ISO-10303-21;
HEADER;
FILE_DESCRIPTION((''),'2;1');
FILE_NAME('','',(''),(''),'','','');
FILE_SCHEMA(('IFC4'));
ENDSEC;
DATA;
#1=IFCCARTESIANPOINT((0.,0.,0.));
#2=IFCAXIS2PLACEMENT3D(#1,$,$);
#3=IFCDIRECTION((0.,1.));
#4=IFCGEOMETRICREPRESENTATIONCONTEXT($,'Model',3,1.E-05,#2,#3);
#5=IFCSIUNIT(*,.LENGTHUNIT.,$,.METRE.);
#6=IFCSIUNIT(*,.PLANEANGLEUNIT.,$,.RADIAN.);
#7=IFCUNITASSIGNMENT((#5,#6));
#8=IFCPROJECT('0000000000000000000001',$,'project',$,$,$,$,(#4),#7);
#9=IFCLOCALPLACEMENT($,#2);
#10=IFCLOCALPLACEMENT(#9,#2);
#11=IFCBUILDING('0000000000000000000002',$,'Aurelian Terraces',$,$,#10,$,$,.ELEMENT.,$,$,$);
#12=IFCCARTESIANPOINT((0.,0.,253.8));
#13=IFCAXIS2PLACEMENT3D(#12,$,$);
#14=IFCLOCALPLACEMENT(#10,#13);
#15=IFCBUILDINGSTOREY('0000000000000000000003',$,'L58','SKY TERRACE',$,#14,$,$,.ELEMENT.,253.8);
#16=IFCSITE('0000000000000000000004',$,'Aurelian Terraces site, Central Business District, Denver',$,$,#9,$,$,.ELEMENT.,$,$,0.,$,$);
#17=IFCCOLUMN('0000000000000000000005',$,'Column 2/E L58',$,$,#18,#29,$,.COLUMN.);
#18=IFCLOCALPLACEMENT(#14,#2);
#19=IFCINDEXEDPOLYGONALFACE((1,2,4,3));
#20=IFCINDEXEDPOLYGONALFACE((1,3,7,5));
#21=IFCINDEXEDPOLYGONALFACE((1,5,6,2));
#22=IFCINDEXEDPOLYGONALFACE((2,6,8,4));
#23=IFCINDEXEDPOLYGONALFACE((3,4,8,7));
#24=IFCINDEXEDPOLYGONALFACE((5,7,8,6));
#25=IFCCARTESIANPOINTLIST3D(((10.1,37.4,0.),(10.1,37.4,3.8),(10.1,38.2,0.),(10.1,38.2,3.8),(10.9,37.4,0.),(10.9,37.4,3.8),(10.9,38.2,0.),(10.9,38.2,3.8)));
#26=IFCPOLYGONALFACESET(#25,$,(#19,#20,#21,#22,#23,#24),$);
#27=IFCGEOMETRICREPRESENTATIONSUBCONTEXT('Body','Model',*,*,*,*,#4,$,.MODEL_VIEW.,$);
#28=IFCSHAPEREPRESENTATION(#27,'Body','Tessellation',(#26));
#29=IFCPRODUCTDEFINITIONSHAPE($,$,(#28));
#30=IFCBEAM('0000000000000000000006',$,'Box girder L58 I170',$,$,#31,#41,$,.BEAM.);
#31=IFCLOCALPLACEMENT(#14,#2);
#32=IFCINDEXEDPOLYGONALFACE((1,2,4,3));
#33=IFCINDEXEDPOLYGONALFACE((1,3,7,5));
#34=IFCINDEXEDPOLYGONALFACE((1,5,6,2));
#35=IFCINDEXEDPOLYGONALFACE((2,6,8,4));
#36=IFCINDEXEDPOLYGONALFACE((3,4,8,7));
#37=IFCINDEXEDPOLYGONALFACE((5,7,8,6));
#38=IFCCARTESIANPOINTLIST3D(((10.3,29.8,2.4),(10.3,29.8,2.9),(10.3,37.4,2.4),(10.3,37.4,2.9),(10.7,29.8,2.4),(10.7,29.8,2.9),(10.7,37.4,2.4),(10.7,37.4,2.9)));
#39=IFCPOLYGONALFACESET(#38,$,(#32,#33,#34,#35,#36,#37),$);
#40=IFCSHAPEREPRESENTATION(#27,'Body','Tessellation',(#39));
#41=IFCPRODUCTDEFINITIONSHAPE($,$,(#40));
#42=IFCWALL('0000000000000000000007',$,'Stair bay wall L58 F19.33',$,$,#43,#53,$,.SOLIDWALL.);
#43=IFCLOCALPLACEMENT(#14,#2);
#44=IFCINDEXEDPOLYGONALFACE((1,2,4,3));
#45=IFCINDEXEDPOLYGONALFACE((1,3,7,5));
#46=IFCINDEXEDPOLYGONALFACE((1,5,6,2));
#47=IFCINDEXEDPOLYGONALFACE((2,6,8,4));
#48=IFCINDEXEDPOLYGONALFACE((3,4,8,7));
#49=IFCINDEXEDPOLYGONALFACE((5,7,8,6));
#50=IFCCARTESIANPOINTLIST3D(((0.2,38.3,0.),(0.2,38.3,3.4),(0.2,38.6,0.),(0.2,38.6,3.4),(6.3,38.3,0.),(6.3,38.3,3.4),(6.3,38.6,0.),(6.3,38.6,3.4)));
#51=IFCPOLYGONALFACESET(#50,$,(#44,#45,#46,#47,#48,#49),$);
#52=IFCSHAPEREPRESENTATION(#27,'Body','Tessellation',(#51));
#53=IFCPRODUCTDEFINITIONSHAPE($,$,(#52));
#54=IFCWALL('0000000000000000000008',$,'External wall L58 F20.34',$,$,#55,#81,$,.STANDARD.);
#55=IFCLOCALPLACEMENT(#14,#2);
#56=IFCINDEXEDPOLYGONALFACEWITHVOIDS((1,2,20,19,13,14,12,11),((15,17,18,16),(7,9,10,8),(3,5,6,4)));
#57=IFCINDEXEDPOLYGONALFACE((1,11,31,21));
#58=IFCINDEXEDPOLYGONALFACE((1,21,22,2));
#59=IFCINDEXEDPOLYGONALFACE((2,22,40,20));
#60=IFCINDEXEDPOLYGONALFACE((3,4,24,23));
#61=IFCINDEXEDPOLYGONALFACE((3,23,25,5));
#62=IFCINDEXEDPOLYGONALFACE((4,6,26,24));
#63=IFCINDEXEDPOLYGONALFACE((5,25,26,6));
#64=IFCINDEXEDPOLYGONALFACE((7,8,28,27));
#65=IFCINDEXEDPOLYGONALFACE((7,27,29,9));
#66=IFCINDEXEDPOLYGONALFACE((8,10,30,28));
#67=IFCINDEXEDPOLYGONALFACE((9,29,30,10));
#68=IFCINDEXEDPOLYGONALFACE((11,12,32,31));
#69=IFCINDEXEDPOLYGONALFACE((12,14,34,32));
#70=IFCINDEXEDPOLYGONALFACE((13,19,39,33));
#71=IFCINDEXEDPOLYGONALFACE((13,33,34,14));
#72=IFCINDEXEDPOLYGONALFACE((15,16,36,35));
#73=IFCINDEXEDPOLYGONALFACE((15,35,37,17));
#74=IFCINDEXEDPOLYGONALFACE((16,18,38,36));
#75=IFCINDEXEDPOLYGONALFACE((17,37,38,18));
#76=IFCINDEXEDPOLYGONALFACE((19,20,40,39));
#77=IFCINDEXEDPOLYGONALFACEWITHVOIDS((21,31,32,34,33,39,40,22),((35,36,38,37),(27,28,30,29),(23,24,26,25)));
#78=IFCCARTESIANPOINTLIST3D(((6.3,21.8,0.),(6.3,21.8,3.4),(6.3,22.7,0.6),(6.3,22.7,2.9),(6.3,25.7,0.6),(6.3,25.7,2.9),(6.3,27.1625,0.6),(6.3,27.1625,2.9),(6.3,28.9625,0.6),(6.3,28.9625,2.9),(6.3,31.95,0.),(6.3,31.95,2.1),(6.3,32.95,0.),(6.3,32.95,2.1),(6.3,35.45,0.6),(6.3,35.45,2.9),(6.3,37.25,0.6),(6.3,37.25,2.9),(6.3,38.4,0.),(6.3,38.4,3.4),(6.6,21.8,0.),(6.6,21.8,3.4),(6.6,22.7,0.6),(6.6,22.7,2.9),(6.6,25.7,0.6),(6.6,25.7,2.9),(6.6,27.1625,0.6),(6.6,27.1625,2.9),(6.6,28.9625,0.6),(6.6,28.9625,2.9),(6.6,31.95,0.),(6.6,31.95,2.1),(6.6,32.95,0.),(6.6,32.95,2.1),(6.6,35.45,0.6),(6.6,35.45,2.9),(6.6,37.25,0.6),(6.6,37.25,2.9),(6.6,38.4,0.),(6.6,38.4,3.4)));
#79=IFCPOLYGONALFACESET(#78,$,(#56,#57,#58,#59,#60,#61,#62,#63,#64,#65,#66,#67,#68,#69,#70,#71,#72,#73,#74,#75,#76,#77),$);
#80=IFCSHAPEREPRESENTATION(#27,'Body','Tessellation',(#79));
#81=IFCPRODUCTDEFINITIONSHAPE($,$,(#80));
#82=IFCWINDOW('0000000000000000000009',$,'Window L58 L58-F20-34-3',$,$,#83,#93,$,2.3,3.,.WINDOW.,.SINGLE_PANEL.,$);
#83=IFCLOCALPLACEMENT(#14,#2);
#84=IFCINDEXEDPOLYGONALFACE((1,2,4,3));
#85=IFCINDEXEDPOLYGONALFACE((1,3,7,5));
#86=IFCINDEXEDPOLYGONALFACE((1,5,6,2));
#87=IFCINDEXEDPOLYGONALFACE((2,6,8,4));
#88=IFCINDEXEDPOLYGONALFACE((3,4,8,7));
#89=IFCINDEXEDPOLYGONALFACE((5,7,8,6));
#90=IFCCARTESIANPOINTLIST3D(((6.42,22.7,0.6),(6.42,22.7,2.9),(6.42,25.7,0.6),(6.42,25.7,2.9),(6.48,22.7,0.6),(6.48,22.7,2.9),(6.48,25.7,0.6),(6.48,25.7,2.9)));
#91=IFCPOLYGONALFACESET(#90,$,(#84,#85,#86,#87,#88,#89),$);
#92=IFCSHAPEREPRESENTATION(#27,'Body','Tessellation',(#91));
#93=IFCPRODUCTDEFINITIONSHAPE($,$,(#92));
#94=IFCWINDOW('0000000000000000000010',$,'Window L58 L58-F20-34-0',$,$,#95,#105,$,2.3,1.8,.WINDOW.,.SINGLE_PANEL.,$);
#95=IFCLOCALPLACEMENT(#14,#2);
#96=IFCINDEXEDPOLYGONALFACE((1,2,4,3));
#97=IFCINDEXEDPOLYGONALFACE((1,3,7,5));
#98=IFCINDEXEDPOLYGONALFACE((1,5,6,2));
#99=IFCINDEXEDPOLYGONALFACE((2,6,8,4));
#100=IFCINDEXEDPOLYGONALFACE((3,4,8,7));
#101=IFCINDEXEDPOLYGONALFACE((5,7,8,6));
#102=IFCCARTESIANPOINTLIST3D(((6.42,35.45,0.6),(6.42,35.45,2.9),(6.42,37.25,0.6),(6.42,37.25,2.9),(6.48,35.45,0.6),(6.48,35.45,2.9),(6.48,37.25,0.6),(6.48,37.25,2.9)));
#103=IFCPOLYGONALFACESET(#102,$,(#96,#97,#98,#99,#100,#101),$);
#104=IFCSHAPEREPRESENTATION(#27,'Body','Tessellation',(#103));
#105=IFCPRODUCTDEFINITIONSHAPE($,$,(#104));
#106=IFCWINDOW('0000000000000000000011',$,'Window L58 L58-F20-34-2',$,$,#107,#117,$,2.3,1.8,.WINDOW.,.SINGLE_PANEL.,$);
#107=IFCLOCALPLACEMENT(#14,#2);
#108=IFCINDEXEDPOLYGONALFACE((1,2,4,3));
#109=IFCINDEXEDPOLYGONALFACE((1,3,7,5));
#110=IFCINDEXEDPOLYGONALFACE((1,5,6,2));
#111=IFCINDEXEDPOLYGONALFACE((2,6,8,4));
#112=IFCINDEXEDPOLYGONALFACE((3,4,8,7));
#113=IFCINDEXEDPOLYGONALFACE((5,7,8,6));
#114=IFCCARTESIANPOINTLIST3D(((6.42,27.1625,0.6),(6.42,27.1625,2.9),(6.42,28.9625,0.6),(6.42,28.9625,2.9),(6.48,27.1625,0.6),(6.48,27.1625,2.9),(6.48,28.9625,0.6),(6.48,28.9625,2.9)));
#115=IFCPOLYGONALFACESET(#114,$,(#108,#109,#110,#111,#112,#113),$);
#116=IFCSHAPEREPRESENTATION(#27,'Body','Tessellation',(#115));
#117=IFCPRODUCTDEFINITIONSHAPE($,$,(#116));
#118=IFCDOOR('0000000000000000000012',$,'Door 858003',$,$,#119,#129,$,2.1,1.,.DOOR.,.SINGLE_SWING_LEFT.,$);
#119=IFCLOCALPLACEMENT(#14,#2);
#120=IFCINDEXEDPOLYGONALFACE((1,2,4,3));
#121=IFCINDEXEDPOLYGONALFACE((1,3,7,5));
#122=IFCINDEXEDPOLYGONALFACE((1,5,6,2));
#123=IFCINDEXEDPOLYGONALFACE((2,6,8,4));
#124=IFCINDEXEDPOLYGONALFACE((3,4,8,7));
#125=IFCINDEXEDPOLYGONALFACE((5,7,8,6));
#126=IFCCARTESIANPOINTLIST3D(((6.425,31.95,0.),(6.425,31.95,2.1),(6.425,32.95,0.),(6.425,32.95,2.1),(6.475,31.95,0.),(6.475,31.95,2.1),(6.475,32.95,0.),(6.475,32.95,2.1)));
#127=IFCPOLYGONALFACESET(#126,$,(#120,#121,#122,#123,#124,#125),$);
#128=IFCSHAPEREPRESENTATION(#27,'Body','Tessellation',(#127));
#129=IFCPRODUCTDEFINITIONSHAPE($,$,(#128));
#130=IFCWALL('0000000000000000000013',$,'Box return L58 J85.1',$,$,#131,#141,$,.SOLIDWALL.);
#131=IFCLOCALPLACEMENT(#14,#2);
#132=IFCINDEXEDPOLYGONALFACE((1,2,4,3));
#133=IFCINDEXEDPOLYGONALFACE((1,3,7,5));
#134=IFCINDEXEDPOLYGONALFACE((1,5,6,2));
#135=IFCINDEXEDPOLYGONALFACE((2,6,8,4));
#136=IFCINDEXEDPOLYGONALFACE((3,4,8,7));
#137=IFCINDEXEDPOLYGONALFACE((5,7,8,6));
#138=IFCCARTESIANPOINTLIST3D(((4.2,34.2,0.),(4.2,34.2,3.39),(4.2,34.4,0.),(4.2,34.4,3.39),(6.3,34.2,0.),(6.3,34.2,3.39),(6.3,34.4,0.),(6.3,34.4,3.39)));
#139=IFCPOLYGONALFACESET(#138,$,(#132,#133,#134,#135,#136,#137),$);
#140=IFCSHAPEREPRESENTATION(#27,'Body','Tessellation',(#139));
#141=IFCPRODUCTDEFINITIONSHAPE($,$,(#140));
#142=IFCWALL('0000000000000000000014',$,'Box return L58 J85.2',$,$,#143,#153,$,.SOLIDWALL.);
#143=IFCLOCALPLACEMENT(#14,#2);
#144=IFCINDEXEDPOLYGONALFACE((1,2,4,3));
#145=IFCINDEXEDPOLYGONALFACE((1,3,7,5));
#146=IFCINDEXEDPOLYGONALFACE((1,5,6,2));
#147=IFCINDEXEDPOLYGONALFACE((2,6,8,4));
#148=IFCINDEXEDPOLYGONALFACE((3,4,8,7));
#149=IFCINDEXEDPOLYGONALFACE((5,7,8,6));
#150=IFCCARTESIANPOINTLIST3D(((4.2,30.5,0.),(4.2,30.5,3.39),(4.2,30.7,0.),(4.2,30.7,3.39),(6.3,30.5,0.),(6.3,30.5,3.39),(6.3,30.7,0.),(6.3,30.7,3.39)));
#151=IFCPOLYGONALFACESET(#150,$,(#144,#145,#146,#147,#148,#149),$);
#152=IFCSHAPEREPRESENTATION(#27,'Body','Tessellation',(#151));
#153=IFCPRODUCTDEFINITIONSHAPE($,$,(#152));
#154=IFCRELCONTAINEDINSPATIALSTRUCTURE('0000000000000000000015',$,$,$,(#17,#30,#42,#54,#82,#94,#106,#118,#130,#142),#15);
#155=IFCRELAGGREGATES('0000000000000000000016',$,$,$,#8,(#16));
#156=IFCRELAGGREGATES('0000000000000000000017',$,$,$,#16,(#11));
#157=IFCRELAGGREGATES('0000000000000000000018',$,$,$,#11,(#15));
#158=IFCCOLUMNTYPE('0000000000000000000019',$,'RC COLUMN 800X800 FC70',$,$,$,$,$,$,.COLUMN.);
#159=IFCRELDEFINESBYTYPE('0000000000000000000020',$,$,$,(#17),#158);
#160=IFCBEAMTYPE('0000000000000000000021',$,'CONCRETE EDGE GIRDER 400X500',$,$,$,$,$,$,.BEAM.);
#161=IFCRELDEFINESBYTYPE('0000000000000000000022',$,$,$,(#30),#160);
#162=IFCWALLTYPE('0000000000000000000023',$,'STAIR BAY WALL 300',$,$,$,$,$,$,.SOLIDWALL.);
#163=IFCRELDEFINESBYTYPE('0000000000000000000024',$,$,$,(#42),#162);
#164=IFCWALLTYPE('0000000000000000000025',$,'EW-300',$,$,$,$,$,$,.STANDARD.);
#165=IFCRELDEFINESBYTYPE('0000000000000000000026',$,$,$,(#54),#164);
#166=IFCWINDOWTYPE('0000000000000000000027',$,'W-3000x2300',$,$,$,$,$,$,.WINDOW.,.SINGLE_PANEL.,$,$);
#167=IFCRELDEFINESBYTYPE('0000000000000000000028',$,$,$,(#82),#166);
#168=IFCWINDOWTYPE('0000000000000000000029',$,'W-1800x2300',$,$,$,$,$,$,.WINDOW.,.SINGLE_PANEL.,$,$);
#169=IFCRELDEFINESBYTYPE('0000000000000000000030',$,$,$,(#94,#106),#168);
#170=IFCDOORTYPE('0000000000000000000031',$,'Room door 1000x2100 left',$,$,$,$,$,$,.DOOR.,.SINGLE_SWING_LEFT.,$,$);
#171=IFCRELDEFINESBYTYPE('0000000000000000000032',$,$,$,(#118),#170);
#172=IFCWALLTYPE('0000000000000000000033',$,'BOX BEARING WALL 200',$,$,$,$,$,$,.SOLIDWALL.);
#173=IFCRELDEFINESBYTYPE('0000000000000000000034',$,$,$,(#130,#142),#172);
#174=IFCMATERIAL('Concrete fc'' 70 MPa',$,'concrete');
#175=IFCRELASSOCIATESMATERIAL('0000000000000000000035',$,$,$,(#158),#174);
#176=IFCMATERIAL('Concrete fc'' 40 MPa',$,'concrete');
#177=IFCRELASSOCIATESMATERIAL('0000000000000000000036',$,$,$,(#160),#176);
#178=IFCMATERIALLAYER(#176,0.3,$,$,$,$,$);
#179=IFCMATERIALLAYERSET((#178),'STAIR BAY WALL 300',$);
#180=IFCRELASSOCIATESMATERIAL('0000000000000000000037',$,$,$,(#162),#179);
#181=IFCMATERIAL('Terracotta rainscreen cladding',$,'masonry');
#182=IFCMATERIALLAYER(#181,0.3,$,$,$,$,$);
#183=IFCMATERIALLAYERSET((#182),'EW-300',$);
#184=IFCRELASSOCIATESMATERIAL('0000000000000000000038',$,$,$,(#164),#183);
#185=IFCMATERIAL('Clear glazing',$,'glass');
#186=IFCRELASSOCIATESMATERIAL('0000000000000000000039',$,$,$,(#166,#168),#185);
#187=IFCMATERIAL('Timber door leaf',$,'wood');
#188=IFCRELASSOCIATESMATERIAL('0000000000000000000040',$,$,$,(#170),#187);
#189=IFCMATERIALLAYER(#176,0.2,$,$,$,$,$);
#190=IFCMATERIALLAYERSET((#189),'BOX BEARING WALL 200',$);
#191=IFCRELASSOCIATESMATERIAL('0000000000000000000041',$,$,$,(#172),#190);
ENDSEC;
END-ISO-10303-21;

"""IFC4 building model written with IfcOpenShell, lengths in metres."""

from ifc_helpers import new_model, si_unit, direction, frame, frame_2d, origin, origin_2d, place, context, subcontext, project, spatial, rectangle, extrude, source, transform, mapped, material, layer, layer_set, material_profile, profile_set, type_object, element, fill, save


model = new_model("IFC4")

# Units and contexts
model_context = context("Model", 3, precision=1e-05, world=origin(), true_north=direction((0.0, 1.0)))
body_context = subcontext(model_context, "Body", "Model", "MODEL_VIEW")
ifc_project = project(units=[si_unit("LENGTHUNIT", "METRE"), si_unit("PLANEANGLEUNIT", "RADIAN")], contexts=[model_context])

# Site, building, storey
site_placement = place(None, origin())
site = spatial("IfcSite", under=ifc_project, at=site_placement, Name="Aurelian Terraces site, Central Business District, Denver", CompositionType="ELEMENT", RefElevation=0.0)
building_placement = place(site_placement, origin())
building = spatial("IfcBuilding", under=site, at=building_placement, Name="Aurelian Terraces", CompositionType="ELEMENT")
storey_placement = place(building_placement, frame((0.0, 0.0, 253.8)))
storey = spatial("IfcBuildingStorey", under=building, at=storey_placement, Name="L58", Description="SKY TERRACE", CompositionType="ELEMENT", Elevation=253.8)

# Column
ifc_material_1 = material(Name="Concrete fc' 70 MPa", Category="concrete")
ifc_material_profile_1 = material_profile(ifc_material_1, rectangle(XDim=0.8, YDim=0.8, at=origin_2d()))
ifc_profile_set_1 = profile_set([ifc_material_profile_1], Name="Concrete fc' 70 MPa")
column_type = type_object("IfcColumnType", Name="RC COLUMN 800X800 FC70", PredefinedType="COLUMN", material=ifc_profile_set_1)
shared_shape_1 = source(origin(), body_context, "Body", "SweptSolid", [
    extrude(rectangle(XDim=0.8, YDim=0.8, at=origin_2d()), origin(), (0.0, 0.0, 1.0), 3.8),
])
column_placement = place(storey_placement, frame((10.5, 37.8, 0.0), z_axis=(0.0, 0.0, 1.0), x_axis=(1.0, 0.0, 0.0)))
element("IfcColumn", 1, at=column_placement, inside=storey, type_object=column_type, Name="Column 2/E L58", PredefinedType="COLUMN", context=body_context, shape_type="MappedRepresentation", body=[
    mapped(shared_shape_1, transform((0.0, 0.0, 0.0), scale=1.0)),
])

# Beam
ifc_material_2 = material(Name="Concrete fc' 40 MPa", Category="concrete")
ifc_material_profile_2 = material_profile(ifc_material_2, rectangle(XDim=0.4, YDim=0.5, at=origin_2d()))
ifc_profile_set_2 = profile_set([ifc_material_profile_2], Name="Concrete fc' 40 MPa")
beam_type = type_object("IfcBeamType", Name="CONCRETE EDGE GIRDER 400X500", PredefinedType="BEAM", material=ifc_profile_set_2)
shared_shape_2 = source(origin(), body_context, "Body", "SweptSolid", [
    extrude(rectangle(XDim=0.4, YDim=0.5, at=origin_2d()), origin(), (0.0, 0.0, 1.0), 7.6),
])
beam_placement = place(storey_placement, frame((10.5, 29.8, 2.65), z_axis=(0.0, 1.0, 0.0), x_axis=(-1.0, 0.0, 0.0)))
element("IfcBeam", 2, at=beam_placement, inside=storey, type_object=beam_type, Name="Box girder L58 I170", PredefinedType="BEAM", context=body_context, shape_type="MappedRepresentation", body=[
    mapped(shared_shape_2, transform((0.0, 0.0, 0.0), scale=1.0)),
])

# Wall
ifc_layer_1 = layer(ifc_material_2, 0.3)
ifc_layer_set_1 = layer_set([ifc_layer_1], Name="STAIR BAY WALL 300")
wall_type_1 = type_object("IfcWallType", Name="STAIR BAY WALL 300", PredefinedType="SOLIDWALL", material=ifc_layer_set_1)
shared_shape_3 = source(origin(), body_context, "Body", "SweptSolid", [
    extrude(rectangle(XDim=6.1, YDim=0.3, at=frame_2d((3.05, 0.0))), origin(), (0.0, 0.0, 1.0), 3.4),
])
wall_1_placement = place(storey_placement, frame((0.2, 38.45, 0.0), z_axis=(0.0, 0.0, 1.0), x_axis=(1.0, 0.0, 0.0)))
element("IfcWall", 3, at=wall_1_placement, inside=storey, type_object=wall_type_1, Name="Stair bay wall L58 F19.33", PredefinedType="SOLIDWALL", context=body_context, shape_type="MappedRepresentation", body=[
    mapped(shared_shape_3, transform((0.0, 0.0, 0.0), scale=1.0)),
])

# Wall, openings, windows, door
ifc_material_3 = material(Name="Terracotta rainscreen cladding", Category="masonry")
ifc_layer_2 = layer(ifc_material_3, 0.3)
ifc_layer_set_2 = layer_set([ifc_layer_2], Name="EW-300")
wall_type_2 = type_object("IfcWallType", Name="EW-300", PredefinedType="STANDARD", material=ifc_layer_set_2)
shared_shape_4 = source(origin(), body_context, "Body", "SweptSolid", [
    extrude(rectangle(XDim=16.6, YDim=0.3, at=frame_2d((8.3, 0.0))), origin(), (0.0, 0.0, 1.0), 3.4),
])
wall_2_placement = place(storey_placement, frame((6.45, 38.4, 0.0), z_axis=(0.0, 0.0, 1.0), x_axis=(0.0, -1.0, 0.0)))
wall_2 = element("IfcWall", 4, at=wall_2_placement, inside=storey, type_object=wall_type_2, Name="External wall L58 F20.34", PredefinedType="STANDARD", context=body_context, shape_type="MappedRepresentation", body=[
    mapped(shared_shape_4, transform((0.0, 0.0, 0.0), scale=1.0)),
])
shared_shape_5 = source(origin(), body_context, "Body", "SweptSolid", [
    extrude(rectangle(XDim=1.8, YDim=2.3, at=frame_2d((0.9, 1.15))), frame((0.0, 0.16, 0.0), z_axis=(0.0, -1.0, 0.0), x_axis=(1.0, 0.0, 0.0)), (0.0, 0.0, 1.0), 0.32),
])
opening_1_placement = place(wall_2_placement, frame((1.15, 0.0, 0.6)))
opening_1 = element("IfcOpeningElement", 5, at=opening_1_placement, cuts=wall_2, PredefinedType="OPENING", context=body_context, shape_type="MappedRepresentation", body=[
    mapped(shared_shape_5, transform((0.0, 0.0, 0.0), scale=1.0)),
])
opening_2_placement = place(wall_2_placement, frame((9.4375, 0.0, 0.6)))
opening_2 = element("IfcOpeningElement", 6, at=opening_2_placement, cuts=wall_2, PredefinedType="OPENING", context=body_context, shape_type="MappedRepresentation", body=[
    mapped(shared_shape_5, transform((0.0, 0.0, 0.0), scale=1.0)),
])
shared_shape_6 = source(origin(), body_context, "Body", "SweptSolid", [
    extrude(rectangle(XDim=3.0, YDim=2.3, at=frame_2d((1.5, 1.15))), frame((0.0, 0.16, 0.0), z_axis=(0.0, -1.0, 0.0), x_axis=(1.0, 0.0, 0.0)), (0.0, 0.0, 1.0), 0.32),
])
opening_3_placement = place(wall_2_placement, frame((12.7, 0.0, 0.6)))
opening_3 = element("IfcOpeningElement", 7, at=opening_3_placement, cuts=wall_2, PredefinedType="OPENING", context=body_context, shape_type="MappedRepresentation", body=[
    mapped(shared_shape_6, transform((0.0, 0.0, 0.0), scale=1.0)),
])
shared_shape_7 = source(origin(), body_context, "Body", "SweptSolid", [
    extrude(rectangle(XDim=1.0, YDim=2.1, at=frame_2d((0.5, 1.05))), frame((0.0, 0.16, 0.0), z_axis=(0.0, -1.0, 0.0), x_axis=(1.0, 0.0, 0.0)), (0.0, 0.0, 1.0), 0.32),
])
opening_4_placement = place(wall_2_placement, frame((5.45, 0.0, 0.0)))
opening_4 = element("IfcOpeningElement", 8, at=opening_4_placement, cuts=wall_2, PredefinedType="OPENING", context=body_context, shape_type="MappedRepresentation", body=[
    mapped(shared_shape_7, transform((0.0, 0.0, 0.0), scale=1.0)),
])
ifc_material_4 = material(Name="Clear glazing", Category="glass")
window_type_1 = type_object("IfcWindowType", Name="W-3000x2300", PartitioningType="SINGLE_PANEL", PredefinedType="WINDOW", material=ifc_material_4)
shared_shape_8 = source(origin(), body_context, "Body", "SweptSolid", [
    extrude(rectangle(XDim=3.0, YDim=2.3, at=frame_2d((1.5, 1.15))), frame((0.0, 0.03, 0.0), z_axis=(0.0, -1.0, 0.0), x_axis=(1.0, 0.0, 0.0)), (0.0, 0.0, 1.0), 0.06),
])
window_1_placement = place(opening_3_placement, origin())
window_1 = element("IfcWindow", 9, at=window_1_placement, inside=storey, type_object=window_type_1, Name="Window L58 L58-F20-34-3", OverallHeight=2.3, OverallWidth=3.0, PartitioningType="SINGLE_PANEL", PredefinedType="WINDOW", context=body_context, shape_type="MappedRepresentation", body=[
    mapped(shared_shape_8, transform((0.0, 0.0, 0.0), scale=1.0)),
])
fill(opening_3, window_1)
window_type_2 = type_object("IfcWindowType", Name="W-1800x2300", PartitioningType="SINGLE_PANEL", PredefinedType="WINDOW", material=ifc_material_4)
shared_shape_9 = source(origin(), body_context, "Body", "SweptSolid", [
    extrude(rectangle(XDim=1.8, YDim=2.3, at=frame_2d((0.9, 1.15))), frame((0.0, 0.03, 0.0), z_axis=(0.0, -1.0, 0.0), x_axis=(1.0, 0.0, 0.0)), (0.0, 0.0, 1.0), 0.06),
])
window_2_placement = place(opening_1_placement, origin())
window_2 = element("IfcWindow", 10, at=window_2_placement, inside=storey, type_object=window_type_2, Name="Window L58 L58-F20-34-0", OverallHeight=2.3, OverallWidth=1.8, PartitioningType="SINGLE_PANEL", PredefinedType="WINDOW", context=body_context, shape_type="MappedRepresentation", body=[
    mapped(shared_shape_9, transform((0.0, 0.0, 0.0), scale=1.0)),
])
fill(opening_1, window_2)
window_3_placement = place(opening_2_placement, origin())
window_3 = element("IfcWindow", 11, at=window_3_placement, inside=storey, type_object=window_type_2, Name="Window L58 L58-F20-34-2", OverallHeight=2.3, OverallWidth=1.8, PartitioningType="SINGLE_PANEL", PredefinedType="WINDOW", context=body_context, shape_type="MappedRepresentation", body=[
    mapped(shared_shape_9, transform((0.0, 0.0, 0.0), scale=1.0)),
])
fill(opening_2, window_3)
ifc_material_5 = material(Name="Timber door leaf", Category="wood")
door_type_1 = type_object("IfcDoorType", Name="Room door 1000x2100 left", OperationType="SINGLE_SWING_LEFT", PredefinedType="DOOR", material=ifc_material_5)
shared_shape_10 = source(origin(), body_context, "Body", "SweptSolid", [
    extrude(rectangle(XDim=1.0, YDim=2.1, at=frame_2d((0.5, 1.05))), frame((0.0, 0.025, 0.0), z_axis=(0.0, -1.0, 0.0), x_axis=(1.0, 0.0, 0.0)), (0.0, 0.0, 1.0), 0.05),
])
door_1_placement = place(opening_4_placement, origin())
door_1 = element("IfcDoor", 12, at=door_1_placement, inside=storey, type_object=door_type_1, Name="Door 858003", OperationType="SINGLE_SWING_LEFT", OverallHeight=2.1, OverallWidth=1.0, PredefinedType="DOOR", context=body_context, shape_type="MappedRepresentation", body=[
    mapped(shared_shape_10, transform((0.0, 0.0, 0.0), scale=1.0)),
])
fill(opening_4, door_1)

# Walls
ifc_layer_3 = layer(ifc_material_2, 0.2)
ifc_layer_set_3 = layer_set([ifc_layer_3], Name="BOX BEARING WALL 200")
wall_type_3 = type_object("IfcWallType", Name="BOX BEARING WALL 200", PredefinedType="SOLIDWALL", material=ifc_layer_set_3)
shared_shape_11 = source(origin(), body_context, "Body", "SweptSolid", [
    extrude(rectangle(XDim=2.1, YDim=0.2, at=frame_2d((1.05, 0.0))), origin(), (0.0, 0.0, 1.0), 3.39),
])
for number, where, z_axis, x_axis, name in (
    (13, (6.3, 34.3, 0.0), (0.0, 0.0, 1.0), (-1.0, 0.0, 0.0), "Box return L58 J85.1"),
    (14, (6.3, 30.6, 0.0), (0.0, 0.0, 1.0), (-1.0, 0.0, 0.0), "Box return L58 J85.2"),
):
    element("IfcWall", number, at=place(storey_placement, frame(where, z_axis=z_axis, x_axis=x_axis)), inside=storey, type_object=wall_type_3, Name=name, PredefinedType="SOLIDWALL", context=body_context, shape_type="MappedRepresentation", body=[
        mapped(shared_shape_11, transform((0.0, 0.0, 0.0), scale=1.0)),
    ])

save(model, "model.ifc")
